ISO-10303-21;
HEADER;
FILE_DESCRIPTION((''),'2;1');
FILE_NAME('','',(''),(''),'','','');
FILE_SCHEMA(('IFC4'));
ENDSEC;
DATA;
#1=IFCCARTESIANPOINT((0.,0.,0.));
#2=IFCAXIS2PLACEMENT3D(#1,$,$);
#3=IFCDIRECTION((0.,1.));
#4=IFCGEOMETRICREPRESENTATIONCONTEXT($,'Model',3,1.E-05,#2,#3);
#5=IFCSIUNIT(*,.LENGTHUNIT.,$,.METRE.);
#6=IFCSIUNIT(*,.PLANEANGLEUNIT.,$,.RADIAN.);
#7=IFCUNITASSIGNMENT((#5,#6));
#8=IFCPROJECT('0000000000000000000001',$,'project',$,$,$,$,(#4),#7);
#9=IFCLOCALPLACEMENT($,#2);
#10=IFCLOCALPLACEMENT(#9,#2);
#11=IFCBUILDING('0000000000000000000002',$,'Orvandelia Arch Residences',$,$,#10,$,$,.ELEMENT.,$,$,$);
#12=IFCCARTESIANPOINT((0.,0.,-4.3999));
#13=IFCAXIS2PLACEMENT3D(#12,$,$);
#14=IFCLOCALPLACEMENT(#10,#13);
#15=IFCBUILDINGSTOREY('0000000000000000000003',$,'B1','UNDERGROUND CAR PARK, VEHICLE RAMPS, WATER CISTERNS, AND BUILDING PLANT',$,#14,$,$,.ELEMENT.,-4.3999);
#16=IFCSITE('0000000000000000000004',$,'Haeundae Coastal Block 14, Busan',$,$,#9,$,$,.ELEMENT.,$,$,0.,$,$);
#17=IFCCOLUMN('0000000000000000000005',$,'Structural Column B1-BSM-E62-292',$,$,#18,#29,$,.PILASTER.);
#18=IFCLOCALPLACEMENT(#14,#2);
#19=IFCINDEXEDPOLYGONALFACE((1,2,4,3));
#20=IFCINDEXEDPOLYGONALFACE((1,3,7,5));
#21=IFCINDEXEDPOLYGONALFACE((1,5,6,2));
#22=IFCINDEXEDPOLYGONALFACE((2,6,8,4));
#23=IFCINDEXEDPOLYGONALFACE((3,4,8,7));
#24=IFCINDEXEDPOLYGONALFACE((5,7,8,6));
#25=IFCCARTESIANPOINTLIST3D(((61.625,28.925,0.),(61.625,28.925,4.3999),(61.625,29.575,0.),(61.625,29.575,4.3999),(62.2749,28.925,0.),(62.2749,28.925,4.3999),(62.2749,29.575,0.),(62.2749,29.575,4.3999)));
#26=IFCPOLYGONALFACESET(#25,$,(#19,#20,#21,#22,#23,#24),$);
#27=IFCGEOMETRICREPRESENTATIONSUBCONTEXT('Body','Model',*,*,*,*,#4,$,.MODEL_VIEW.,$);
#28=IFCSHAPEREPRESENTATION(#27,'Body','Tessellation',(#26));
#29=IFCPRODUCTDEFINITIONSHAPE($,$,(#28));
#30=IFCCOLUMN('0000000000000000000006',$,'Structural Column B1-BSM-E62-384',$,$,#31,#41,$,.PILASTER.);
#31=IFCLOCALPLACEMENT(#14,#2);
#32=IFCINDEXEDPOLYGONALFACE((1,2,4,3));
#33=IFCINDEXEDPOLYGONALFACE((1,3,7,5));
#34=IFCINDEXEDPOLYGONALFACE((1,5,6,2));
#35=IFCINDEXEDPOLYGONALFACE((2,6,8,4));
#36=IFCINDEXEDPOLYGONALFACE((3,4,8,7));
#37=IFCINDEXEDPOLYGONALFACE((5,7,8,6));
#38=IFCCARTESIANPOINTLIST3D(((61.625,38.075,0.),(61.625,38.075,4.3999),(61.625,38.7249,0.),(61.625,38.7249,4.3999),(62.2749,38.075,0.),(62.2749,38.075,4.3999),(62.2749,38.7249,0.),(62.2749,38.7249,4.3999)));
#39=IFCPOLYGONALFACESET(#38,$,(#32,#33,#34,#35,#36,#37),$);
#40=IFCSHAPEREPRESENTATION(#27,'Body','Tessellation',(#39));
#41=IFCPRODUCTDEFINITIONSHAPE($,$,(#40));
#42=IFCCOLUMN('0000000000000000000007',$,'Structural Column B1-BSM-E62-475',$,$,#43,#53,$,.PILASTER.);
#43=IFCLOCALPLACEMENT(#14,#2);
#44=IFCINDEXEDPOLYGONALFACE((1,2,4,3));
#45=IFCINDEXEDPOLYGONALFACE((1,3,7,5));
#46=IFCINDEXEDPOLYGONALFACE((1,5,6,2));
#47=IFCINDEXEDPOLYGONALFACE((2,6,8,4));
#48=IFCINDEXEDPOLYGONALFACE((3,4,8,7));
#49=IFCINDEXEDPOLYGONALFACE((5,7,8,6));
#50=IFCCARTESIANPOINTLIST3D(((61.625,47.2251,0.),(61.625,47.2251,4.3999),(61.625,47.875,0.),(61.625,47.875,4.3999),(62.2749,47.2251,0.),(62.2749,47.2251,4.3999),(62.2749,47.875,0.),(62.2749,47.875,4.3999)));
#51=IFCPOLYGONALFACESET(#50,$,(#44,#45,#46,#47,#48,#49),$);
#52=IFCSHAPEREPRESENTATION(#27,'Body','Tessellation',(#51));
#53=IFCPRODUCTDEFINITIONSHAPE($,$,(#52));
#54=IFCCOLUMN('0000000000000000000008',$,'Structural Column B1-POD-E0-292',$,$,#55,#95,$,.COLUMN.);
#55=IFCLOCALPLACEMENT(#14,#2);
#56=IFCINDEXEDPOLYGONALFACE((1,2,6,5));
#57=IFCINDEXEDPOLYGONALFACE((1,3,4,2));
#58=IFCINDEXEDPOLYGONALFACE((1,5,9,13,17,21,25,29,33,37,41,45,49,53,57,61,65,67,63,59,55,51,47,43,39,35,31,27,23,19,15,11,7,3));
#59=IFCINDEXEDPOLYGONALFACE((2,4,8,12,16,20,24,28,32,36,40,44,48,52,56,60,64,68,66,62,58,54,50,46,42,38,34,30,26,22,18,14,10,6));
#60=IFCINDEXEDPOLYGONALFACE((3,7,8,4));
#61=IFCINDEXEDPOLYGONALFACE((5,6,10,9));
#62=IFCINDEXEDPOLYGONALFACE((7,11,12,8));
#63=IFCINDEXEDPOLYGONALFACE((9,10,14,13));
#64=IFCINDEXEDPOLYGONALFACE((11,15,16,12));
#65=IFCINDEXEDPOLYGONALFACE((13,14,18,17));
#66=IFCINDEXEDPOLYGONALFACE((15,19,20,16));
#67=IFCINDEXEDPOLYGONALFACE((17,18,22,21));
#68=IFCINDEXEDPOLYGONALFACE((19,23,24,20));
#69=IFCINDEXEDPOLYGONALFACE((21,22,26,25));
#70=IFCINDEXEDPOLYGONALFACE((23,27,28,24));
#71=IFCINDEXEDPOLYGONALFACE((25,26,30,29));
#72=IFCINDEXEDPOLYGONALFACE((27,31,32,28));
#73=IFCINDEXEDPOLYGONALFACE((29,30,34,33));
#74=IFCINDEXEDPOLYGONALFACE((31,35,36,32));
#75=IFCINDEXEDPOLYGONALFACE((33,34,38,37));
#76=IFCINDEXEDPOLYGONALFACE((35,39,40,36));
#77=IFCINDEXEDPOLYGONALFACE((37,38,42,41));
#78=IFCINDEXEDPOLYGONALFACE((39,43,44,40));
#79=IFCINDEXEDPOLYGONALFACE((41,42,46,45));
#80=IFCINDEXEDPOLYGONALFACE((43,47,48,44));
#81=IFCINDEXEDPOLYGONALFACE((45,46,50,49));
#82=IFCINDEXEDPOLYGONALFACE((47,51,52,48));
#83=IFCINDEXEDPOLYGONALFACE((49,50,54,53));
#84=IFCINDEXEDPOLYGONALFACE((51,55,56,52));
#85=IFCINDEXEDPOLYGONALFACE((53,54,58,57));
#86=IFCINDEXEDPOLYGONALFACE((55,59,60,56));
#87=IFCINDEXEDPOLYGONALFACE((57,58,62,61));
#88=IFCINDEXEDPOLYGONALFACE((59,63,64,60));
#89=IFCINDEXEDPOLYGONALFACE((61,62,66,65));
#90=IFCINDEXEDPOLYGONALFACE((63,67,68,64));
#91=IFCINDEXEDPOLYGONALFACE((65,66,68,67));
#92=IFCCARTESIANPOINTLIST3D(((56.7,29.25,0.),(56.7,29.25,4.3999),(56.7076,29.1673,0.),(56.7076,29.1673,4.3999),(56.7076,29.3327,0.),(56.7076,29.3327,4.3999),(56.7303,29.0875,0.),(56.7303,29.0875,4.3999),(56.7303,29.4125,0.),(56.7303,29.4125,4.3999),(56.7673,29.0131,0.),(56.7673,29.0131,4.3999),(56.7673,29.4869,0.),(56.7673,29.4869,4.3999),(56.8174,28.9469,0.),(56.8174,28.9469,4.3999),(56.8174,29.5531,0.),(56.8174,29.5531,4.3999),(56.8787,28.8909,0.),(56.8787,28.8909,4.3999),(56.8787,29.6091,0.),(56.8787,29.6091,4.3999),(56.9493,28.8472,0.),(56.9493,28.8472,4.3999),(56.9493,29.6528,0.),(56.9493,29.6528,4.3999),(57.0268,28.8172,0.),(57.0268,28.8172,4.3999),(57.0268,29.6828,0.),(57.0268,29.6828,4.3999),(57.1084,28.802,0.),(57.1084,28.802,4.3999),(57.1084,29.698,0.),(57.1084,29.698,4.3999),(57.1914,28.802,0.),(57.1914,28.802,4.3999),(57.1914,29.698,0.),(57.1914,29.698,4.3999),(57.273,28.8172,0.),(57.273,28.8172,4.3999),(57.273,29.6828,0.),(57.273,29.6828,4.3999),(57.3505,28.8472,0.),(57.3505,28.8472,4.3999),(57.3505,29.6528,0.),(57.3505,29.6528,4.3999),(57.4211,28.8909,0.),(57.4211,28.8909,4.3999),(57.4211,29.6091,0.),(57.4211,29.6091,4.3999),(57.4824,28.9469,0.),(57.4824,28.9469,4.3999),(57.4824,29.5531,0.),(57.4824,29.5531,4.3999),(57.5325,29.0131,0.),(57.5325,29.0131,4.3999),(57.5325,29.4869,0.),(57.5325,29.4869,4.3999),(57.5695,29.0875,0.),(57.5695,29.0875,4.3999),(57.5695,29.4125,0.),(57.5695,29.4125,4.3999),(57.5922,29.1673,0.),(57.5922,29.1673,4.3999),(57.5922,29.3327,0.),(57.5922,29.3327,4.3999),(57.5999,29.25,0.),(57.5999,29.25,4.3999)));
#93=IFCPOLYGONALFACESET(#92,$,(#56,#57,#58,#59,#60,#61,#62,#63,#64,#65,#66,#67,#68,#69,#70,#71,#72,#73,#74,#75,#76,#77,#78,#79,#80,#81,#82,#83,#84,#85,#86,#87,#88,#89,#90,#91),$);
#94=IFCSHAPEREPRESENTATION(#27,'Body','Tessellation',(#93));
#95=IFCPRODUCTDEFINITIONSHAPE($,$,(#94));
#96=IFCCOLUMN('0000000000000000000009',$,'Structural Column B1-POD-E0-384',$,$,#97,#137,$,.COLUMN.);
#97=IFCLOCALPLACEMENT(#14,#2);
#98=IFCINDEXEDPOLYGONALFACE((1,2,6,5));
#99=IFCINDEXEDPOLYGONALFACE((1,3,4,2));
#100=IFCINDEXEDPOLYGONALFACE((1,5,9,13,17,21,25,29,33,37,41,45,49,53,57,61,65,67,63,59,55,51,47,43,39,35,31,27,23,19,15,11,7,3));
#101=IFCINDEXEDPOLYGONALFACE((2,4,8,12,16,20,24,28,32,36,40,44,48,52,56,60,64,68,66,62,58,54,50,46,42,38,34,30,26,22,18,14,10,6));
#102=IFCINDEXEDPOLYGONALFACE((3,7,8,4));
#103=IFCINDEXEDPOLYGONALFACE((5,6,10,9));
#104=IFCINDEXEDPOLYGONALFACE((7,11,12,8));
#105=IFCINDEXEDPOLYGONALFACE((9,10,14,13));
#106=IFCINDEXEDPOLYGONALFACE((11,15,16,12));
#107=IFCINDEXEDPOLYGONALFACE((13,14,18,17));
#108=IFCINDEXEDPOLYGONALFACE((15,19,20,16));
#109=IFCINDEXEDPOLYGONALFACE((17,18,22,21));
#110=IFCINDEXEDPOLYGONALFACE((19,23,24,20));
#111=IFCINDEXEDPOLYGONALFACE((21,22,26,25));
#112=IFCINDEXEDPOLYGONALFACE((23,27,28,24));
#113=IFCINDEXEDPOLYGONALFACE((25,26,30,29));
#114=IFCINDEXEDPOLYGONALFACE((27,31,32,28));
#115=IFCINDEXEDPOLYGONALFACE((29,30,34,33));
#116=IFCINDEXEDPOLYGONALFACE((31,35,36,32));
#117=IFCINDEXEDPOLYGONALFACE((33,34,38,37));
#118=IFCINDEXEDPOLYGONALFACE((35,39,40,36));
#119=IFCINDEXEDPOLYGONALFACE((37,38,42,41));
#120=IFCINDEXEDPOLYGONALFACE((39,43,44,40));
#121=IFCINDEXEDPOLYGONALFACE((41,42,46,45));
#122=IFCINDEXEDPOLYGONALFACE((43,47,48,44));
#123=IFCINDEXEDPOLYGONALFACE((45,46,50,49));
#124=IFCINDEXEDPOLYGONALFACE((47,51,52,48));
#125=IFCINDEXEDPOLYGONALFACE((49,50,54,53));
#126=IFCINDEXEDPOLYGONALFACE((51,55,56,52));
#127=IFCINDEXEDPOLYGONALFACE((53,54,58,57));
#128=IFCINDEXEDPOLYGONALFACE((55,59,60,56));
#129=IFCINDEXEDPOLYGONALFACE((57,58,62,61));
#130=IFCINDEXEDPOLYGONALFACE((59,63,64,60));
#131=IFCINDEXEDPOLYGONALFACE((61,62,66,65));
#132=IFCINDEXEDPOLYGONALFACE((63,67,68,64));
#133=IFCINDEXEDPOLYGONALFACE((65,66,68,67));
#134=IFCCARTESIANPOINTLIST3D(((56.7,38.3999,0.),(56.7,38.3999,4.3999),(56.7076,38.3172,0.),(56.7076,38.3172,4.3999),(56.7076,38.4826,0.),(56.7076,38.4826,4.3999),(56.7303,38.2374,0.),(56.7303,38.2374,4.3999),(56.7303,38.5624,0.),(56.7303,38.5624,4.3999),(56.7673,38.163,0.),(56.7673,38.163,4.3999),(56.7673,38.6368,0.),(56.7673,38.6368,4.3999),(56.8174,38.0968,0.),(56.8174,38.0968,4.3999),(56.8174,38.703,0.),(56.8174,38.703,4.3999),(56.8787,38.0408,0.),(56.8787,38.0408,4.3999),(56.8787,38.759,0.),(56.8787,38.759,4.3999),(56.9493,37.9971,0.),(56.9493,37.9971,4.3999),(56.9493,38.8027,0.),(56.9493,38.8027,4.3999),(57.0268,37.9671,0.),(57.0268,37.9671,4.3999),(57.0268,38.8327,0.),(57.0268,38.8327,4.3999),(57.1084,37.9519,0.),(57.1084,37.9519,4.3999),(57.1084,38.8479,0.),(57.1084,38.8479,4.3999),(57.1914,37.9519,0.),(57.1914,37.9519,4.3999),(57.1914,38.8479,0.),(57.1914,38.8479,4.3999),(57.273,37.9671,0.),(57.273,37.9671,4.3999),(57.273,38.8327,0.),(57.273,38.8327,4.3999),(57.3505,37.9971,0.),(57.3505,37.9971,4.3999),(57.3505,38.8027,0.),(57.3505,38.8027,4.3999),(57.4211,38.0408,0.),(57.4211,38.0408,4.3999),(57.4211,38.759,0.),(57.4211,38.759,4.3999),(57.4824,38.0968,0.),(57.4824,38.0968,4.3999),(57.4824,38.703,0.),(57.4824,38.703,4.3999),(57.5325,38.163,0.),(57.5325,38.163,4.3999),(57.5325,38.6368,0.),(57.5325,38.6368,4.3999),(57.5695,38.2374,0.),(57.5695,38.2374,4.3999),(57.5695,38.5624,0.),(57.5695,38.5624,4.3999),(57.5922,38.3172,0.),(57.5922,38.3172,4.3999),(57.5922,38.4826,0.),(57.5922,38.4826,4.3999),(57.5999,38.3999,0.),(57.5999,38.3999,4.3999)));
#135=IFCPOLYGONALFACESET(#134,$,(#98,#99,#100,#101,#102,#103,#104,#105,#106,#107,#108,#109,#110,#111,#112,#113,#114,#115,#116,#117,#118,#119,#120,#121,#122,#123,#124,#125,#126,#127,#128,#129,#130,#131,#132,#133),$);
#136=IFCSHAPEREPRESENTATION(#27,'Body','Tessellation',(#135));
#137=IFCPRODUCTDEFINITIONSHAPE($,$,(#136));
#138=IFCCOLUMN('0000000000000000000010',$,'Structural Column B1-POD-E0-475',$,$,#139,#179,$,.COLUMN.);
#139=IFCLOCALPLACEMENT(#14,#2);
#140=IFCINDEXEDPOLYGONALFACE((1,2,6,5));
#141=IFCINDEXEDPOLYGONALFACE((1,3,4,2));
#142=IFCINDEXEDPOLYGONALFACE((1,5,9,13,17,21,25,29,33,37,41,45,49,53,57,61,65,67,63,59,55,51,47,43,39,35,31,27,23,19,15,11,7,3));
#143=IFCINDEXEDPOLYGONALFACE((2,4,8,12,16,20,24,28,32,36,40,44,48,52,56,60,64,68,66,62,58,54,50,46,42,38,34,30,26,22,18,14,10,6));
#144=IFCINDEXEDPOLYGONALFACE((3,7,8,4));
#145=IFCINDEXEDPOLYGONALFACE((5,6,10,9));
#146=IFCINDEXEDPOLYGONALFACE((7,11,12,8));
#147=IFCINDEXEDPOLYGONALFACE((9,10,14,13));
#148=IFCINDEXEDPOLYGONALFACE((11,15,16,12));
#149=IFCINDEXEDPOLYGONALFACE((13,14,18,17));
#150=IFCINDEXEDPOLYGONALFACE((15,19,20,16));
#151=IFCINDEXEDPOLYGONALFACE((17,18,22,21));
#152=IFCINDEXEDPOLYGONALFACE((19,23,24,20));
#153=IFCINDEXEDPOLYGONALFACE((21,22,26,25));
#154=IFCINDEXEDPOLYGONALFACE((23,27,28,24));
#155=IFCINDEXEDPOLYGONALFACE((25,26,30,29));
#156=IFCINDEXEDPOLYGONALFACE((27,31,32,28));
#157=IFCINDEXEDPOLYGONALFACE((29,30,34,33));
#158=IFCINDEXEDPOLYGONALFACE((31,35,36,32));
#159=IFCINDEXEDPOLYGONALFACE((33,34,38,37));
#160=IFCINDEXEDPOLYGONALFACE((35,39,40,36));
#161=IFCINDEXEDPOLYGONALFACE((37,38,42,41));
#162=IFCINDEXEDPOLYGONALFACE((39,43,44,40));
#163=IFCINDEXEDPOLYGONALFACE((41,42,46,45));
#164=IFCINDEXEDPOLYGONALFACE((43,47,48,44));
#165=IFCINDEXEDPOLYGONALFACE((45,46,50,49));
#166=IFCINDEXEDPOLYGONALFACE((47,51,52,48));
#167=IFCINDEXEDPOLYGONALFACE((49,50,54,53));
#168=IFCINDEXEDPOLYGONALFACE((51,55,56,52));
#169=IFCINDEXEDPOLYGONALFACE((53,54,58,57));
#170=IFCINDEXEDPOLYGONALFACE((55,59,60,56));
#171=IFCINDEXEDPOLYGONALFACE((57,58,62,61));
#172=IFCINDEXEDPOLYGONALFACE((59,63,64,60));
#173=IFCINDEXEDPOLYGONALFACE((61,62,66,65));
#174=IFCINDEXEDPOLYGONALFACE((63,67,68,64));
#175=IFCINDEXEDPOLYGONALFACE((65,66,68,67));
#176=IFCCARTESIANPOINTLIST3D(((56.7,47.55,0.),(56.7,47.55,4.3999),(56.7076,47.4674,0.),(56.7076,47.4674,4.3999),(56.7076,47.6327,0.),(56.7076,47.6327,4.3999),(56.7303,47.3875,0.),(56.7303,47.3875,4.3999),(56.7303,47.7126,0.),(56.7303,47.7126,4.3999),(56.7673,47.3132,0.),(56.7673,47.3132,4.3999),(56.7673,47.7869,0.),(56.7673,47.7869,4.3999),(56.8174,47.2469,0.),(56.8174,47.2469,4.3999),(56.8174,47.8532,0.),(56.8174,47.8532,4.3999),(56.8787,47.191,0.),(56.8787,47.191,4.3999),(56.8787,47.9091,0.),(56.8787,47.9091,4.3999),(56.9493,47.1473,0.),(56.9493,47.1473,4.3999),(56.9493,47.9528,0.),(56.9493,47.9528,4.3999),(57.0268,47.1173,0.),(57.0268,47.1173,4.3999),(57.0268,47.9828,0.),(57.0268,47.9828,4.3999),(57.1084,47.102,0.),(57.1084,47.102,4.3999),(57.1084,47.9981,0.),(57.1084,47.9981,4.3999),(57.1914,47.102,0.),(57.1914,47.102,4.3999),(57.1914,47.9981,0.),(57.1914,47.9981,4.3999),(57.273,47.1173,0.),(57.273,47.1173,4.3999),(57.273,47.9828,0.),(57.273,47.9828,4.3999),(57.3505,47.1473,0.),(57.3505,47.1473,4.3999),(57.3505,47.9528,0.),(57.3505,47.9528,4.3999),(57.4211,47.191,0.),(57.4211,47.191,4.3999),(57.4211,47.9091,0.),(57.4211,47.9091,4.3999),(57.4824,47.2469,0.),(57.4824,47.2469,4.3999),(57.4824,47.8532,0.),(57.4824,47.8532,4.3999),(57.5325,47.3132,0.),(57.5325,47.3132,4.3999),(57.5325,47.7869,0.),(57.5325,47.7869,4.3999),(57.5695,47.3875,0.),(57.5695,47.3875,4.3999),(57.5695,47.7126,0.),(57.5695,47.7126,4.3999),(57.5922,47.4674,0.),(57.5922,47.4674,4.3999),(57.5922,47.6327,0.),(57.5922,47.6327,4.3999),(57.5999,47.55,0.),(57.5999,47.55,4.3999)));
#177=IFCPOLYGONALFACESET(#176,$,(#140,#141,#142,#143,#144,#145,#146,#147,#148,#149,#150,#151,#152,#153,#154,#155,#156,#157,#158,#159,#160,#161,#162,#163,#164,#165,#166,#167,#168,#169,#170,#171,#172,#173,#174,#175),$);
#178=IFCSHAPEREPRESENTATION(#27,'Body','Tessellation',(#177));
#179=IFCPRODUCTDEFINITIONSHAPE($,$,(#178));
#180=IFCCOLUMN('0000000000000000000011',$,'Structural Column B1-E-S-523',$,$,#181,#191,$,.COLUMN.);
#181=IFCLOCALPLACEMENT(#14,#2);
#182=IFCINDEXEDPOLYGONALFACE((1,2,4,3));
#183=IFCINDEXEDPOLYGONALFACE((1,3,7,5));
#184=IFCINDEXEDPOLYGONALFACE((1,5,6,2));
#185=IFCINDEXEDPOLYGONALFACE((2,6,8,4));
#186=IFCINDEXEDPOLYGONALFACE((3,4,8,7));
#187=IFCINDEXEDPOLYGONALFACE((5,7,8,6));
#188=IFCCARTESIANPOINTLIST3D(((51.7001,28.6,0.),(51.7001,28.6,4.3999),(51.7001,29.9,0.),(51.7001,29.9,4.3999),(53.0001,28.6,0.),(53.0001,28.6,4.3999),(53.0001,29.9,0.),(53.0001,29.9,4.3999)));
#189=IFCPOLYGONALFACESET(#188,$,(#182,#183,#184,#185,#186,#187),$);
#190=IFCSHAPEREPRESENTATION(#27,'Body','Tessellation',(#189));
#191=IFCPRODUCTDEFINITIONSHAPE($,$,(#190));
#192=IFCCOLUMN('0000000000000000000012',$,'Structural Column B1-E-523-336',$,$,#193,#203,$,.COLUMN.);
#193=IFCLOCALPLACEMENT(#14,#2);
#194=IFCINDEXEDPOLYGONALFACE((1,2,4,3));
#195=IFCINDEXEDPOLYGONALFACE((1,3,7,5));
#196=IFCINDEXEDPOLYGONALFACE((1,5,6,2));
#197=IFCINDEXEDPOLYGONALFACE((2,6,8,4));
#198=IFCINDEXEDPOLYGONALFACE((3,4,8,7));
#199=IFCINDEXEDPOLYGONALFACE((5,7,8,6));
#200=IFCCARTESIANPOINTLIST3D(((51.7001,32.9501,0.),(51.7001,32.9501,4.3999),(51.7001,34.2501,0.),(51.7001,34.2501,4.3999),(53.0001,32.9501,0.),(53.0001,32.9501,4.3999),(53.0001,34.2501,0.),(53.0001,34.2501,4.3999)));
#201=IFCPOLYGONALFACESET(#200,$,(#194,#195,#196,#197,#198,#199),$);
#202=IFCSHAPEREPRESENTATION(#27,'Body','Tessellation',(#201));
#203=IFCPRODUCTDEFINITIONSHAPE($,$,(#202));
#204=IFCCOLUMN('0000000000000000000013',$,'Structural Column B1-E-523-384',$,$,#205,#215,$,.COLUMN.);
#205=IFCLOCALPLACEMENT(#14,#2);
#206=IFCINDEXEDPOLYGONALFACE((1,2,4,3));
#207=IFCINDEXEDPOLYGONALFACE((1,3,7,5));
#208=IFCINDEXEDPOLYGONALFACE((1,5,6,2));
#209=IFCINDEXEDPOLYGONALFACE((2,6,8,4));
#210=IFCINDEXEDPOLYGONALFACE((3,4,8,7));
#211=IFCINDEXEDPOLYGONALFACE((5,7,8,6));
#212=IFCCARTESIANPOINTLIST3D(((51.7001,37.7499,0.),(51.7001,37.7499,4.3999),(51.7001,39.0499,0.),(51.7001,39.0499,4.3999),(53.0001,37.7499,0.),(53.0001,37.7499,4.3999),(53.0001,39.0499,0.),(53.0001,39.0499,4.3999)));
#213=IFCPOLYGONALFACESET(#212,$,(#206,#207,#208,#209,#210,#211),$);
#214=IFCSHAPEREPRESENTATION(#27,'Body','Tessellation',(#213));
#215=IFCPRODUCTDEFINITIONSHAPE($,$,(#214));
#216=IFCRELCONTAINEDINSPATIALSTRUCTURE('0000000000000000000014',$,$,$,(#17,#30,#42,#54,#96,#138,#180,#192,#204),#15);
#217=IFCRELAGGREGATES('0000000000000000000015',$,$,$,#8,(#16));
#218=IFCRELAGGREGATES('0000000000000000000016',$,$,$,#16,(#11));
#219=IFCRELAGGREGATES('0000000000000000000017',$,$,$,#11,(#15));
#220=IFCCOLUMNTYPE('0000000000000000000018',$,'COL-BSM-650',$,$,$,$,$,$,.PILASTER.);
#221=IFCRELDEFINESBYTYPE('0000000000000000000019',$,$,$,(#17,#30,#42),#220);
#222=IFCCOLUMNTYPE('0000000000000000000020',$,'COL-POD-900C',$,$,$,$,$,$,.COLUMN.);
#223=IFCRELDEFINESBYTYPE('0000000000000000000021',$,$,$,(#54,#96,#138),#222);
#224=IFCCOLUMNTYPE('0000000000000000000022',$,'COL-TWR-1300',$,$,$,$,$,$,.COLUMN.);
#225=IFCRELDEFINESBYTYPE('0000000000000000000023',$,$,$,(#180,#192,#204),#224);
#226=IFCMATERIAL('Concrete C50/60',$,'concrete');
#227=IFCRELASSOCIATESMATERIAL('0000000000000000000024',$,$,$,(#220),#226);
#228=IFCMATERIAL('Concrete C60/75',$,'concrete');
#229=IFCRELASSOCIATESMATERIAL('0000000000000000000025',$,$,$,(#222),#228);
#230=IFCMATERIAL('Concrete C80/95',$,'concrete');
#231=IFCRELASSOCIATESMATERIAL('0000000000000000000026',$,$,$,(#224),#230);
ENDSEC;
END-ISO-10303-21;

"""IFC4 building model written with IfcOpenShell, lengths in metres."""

from ifc_helpers import new_model, si_unit, direction, frame, origin, origin_2d, place, context, subcontext, project, spatial, rectangle, circle, extrude, material, material_profile, profile_set, type_object, element, save


model = new_model("IFC4")

# Units and contexts
model_context = context("Model", 3, precision=1e-05, world=origin(), true_north=direction((0.0, 1.0)))
body_context = subcontext(model_context, "Body", "Model", "MODEL_VIEW")
ifc_project = project(units=[si_unit("LENGTHUNIT", "METRE"), si_unit("PLANEANGLEUNIT", "RADIAN")], contexts=[model_context])

# Site, building, storey
site_placement = place(None, origin())
site = spatial("IfcSite", under=ifc_project, at=site_placement, Name="Haeundae Coastal Block 14, Busan", CompositionType="ELEMENT", RefElevation=0.0)
building_placement = place(site_placement, origin())
building = spatial("IfcBuilding", under=site, at=building_placement, Name="Orvandelia Arch Residences", CompositionType="ELEMENT")
storey_placement = place(building_placement, frame((0.0, 0.0, -4.3999)))
storey = spatial("IfcBuildingStorey", under=building, at=storey_placement, Name="B1", Description="UNDERGROUND CAR PARK, VEHICLE RAMPS, WATER CISTERNS, AND BUILDING PLANT", CompositionType="ELEMENT", Elevation=-4.3999)

# Columns
ifc_material_1 = material(Name="Concrete C50/60", Category="concrete")
ifc_material_profile_1 = material_profile(ifc_material_1, rectangle(XDim=0.6499, YDim=0.6499, at=origin_2d()), Name="Concrete C50/60", Category="concrete")
ifc_profile_set_1 = profile_set([ifc_material_profile_1], Name="Concrete C50/60")
column_type_1 = type_object("IfcColumnType", Name="COL-BSM-650", PredefinedType="PILASTER", material=ifc_profile_set_1)
for number, where, z_axis, x_axis, name in (
    (1, (61.95, 29.25, 0.0), (0.0, 0.0, 1.0), (1.0, 0.0, 0.0), "Structural Column B1-BSM-E62-292"),
    (2, (61.95, 38.3999, 0.0), (0.0, 0.0, 1.0), (1.0, 0.0, 0.0), "Structural Column B1-BSM-E62-384"),
    (3, (61.95, 47.55, 0.0), (0.0, 0.0, 1.0), (1.0, 0.0, 0.0), "Structural Column B1-BSM-E62-475"),
):
    element("IfcColumn", number, at=place(storey_placement, frame(where, z_axis=z_axis, x_axis=x_axis)), inside=storey, type_object=column_type_1, Name=name, PredefinedType="PILASTER", context=body_context, shape_type="SweptSolid", body=[
        extrude(rectangle(XDim=0.6499, YDim=0.6499, at=origin_2d()), origin(), (0.0, 0.0, 1.0), 4.3999),
    ])
ifc_material_2 = material(Name="Concrete C60/75", Category="concrete")
ifc_material_profile_2 = material_profile(ifc_material_2, circle(Radius=0.45, at=origin_2d()), Name="Concrete C60/75", Category="concrete")
ifc_profile_set_2 = profile_set([ifc_material_profile_2], Name="Concrete C60/75")
column_type_2 = type_object("IfcColumnType", Name="COL-POD-900C", PredefinedType="COLUMN", material=ifc_profile_set_2)
for number, where, z_axis, x_axis, name in (
    (4, (57.1499, 29.25, 0.0), (0.0, 0.0, 1.0), (1.0, 0.0, 0.0), "Structural Column B1-POD-E0-292"),
    (5, (57.1499, 38.3999, 0.0), (0.0, 0.0, 1.0), (1.0, 0.0, 0.0), "Structural Column B1-POD-E0-384"),
    (6, (57.1499, 47.55, 0.0), (0.0, 0.0, 1.0), (1.0, 0.0, 0.0), "Structural Column B1-POD-E0-475"),
):
    element("IfcColumn", number, at=place(storey_placement, frame(where, z_axis=z_axis, x_axis=x_axis)), inside=storey, type_object=column_type_2, Name=name, PredefinedType="COLUMN", context=body_context, shape_type="SweptSolid", body=[
        extrude(circle(Radius=0.45, at=origin_2d()), origin(), (0.0, 0.0, 1.0), 4.3999),
    ])
ifc_material_3 = material(Name="Concrete C80/95", Category="concrete")
ifc_material_profile_3 = material_profile(ifc_material_3, rectangle(XDim=1.3, YDim=1.3, at=origin_2d()), Name="Concrete C80/95", Category="concrete")
ifc_profile_set_3 = profile_set([ifc_material_profile_3], Name="Concrete C80/95")
column_type_3 = type_object("IfcColumnType", Name="COL-TWR-1300", PredefinedType="COLUMN", material=ifc_profile_set_3)
for number, where, z_axis, x_axis, name in (
    (7, (52.3501, 29.25, 0.0), (0.0, 0.0, 1.0), (1.0, 0.0, 0.0), "Structural Column B1-E-S-523"),
    (8, (52.3501, 33.6001, 0.0), (0.0, 0.0, 1.0), (1.0, 0.0, 0.0), "Structural Column B1-E-523-336"),
    (9, (52.3501, 38.3999, 0.0), (0.0, 0.0, 1.0), (1.0, 0.0, 0.0), "Structural Column B1-E-523-384"),
):
    element("IfcColumn", number, at=place(storey_placement, frame(where, z_axis=z_axis, x_axis=x_axis)), inside=storey, type_object=column_type_3, Name=name, PredefinedType="COLUMN", context=body_context, shape_type="SweptSolid", body=[
        extrude(rectangle(XDim=1.3, YDim=1.3, at=origin_2d()), origin(), (0.0, 0.0, 1.0), 4.3999),
    ])

save(model, "model.ifc")
